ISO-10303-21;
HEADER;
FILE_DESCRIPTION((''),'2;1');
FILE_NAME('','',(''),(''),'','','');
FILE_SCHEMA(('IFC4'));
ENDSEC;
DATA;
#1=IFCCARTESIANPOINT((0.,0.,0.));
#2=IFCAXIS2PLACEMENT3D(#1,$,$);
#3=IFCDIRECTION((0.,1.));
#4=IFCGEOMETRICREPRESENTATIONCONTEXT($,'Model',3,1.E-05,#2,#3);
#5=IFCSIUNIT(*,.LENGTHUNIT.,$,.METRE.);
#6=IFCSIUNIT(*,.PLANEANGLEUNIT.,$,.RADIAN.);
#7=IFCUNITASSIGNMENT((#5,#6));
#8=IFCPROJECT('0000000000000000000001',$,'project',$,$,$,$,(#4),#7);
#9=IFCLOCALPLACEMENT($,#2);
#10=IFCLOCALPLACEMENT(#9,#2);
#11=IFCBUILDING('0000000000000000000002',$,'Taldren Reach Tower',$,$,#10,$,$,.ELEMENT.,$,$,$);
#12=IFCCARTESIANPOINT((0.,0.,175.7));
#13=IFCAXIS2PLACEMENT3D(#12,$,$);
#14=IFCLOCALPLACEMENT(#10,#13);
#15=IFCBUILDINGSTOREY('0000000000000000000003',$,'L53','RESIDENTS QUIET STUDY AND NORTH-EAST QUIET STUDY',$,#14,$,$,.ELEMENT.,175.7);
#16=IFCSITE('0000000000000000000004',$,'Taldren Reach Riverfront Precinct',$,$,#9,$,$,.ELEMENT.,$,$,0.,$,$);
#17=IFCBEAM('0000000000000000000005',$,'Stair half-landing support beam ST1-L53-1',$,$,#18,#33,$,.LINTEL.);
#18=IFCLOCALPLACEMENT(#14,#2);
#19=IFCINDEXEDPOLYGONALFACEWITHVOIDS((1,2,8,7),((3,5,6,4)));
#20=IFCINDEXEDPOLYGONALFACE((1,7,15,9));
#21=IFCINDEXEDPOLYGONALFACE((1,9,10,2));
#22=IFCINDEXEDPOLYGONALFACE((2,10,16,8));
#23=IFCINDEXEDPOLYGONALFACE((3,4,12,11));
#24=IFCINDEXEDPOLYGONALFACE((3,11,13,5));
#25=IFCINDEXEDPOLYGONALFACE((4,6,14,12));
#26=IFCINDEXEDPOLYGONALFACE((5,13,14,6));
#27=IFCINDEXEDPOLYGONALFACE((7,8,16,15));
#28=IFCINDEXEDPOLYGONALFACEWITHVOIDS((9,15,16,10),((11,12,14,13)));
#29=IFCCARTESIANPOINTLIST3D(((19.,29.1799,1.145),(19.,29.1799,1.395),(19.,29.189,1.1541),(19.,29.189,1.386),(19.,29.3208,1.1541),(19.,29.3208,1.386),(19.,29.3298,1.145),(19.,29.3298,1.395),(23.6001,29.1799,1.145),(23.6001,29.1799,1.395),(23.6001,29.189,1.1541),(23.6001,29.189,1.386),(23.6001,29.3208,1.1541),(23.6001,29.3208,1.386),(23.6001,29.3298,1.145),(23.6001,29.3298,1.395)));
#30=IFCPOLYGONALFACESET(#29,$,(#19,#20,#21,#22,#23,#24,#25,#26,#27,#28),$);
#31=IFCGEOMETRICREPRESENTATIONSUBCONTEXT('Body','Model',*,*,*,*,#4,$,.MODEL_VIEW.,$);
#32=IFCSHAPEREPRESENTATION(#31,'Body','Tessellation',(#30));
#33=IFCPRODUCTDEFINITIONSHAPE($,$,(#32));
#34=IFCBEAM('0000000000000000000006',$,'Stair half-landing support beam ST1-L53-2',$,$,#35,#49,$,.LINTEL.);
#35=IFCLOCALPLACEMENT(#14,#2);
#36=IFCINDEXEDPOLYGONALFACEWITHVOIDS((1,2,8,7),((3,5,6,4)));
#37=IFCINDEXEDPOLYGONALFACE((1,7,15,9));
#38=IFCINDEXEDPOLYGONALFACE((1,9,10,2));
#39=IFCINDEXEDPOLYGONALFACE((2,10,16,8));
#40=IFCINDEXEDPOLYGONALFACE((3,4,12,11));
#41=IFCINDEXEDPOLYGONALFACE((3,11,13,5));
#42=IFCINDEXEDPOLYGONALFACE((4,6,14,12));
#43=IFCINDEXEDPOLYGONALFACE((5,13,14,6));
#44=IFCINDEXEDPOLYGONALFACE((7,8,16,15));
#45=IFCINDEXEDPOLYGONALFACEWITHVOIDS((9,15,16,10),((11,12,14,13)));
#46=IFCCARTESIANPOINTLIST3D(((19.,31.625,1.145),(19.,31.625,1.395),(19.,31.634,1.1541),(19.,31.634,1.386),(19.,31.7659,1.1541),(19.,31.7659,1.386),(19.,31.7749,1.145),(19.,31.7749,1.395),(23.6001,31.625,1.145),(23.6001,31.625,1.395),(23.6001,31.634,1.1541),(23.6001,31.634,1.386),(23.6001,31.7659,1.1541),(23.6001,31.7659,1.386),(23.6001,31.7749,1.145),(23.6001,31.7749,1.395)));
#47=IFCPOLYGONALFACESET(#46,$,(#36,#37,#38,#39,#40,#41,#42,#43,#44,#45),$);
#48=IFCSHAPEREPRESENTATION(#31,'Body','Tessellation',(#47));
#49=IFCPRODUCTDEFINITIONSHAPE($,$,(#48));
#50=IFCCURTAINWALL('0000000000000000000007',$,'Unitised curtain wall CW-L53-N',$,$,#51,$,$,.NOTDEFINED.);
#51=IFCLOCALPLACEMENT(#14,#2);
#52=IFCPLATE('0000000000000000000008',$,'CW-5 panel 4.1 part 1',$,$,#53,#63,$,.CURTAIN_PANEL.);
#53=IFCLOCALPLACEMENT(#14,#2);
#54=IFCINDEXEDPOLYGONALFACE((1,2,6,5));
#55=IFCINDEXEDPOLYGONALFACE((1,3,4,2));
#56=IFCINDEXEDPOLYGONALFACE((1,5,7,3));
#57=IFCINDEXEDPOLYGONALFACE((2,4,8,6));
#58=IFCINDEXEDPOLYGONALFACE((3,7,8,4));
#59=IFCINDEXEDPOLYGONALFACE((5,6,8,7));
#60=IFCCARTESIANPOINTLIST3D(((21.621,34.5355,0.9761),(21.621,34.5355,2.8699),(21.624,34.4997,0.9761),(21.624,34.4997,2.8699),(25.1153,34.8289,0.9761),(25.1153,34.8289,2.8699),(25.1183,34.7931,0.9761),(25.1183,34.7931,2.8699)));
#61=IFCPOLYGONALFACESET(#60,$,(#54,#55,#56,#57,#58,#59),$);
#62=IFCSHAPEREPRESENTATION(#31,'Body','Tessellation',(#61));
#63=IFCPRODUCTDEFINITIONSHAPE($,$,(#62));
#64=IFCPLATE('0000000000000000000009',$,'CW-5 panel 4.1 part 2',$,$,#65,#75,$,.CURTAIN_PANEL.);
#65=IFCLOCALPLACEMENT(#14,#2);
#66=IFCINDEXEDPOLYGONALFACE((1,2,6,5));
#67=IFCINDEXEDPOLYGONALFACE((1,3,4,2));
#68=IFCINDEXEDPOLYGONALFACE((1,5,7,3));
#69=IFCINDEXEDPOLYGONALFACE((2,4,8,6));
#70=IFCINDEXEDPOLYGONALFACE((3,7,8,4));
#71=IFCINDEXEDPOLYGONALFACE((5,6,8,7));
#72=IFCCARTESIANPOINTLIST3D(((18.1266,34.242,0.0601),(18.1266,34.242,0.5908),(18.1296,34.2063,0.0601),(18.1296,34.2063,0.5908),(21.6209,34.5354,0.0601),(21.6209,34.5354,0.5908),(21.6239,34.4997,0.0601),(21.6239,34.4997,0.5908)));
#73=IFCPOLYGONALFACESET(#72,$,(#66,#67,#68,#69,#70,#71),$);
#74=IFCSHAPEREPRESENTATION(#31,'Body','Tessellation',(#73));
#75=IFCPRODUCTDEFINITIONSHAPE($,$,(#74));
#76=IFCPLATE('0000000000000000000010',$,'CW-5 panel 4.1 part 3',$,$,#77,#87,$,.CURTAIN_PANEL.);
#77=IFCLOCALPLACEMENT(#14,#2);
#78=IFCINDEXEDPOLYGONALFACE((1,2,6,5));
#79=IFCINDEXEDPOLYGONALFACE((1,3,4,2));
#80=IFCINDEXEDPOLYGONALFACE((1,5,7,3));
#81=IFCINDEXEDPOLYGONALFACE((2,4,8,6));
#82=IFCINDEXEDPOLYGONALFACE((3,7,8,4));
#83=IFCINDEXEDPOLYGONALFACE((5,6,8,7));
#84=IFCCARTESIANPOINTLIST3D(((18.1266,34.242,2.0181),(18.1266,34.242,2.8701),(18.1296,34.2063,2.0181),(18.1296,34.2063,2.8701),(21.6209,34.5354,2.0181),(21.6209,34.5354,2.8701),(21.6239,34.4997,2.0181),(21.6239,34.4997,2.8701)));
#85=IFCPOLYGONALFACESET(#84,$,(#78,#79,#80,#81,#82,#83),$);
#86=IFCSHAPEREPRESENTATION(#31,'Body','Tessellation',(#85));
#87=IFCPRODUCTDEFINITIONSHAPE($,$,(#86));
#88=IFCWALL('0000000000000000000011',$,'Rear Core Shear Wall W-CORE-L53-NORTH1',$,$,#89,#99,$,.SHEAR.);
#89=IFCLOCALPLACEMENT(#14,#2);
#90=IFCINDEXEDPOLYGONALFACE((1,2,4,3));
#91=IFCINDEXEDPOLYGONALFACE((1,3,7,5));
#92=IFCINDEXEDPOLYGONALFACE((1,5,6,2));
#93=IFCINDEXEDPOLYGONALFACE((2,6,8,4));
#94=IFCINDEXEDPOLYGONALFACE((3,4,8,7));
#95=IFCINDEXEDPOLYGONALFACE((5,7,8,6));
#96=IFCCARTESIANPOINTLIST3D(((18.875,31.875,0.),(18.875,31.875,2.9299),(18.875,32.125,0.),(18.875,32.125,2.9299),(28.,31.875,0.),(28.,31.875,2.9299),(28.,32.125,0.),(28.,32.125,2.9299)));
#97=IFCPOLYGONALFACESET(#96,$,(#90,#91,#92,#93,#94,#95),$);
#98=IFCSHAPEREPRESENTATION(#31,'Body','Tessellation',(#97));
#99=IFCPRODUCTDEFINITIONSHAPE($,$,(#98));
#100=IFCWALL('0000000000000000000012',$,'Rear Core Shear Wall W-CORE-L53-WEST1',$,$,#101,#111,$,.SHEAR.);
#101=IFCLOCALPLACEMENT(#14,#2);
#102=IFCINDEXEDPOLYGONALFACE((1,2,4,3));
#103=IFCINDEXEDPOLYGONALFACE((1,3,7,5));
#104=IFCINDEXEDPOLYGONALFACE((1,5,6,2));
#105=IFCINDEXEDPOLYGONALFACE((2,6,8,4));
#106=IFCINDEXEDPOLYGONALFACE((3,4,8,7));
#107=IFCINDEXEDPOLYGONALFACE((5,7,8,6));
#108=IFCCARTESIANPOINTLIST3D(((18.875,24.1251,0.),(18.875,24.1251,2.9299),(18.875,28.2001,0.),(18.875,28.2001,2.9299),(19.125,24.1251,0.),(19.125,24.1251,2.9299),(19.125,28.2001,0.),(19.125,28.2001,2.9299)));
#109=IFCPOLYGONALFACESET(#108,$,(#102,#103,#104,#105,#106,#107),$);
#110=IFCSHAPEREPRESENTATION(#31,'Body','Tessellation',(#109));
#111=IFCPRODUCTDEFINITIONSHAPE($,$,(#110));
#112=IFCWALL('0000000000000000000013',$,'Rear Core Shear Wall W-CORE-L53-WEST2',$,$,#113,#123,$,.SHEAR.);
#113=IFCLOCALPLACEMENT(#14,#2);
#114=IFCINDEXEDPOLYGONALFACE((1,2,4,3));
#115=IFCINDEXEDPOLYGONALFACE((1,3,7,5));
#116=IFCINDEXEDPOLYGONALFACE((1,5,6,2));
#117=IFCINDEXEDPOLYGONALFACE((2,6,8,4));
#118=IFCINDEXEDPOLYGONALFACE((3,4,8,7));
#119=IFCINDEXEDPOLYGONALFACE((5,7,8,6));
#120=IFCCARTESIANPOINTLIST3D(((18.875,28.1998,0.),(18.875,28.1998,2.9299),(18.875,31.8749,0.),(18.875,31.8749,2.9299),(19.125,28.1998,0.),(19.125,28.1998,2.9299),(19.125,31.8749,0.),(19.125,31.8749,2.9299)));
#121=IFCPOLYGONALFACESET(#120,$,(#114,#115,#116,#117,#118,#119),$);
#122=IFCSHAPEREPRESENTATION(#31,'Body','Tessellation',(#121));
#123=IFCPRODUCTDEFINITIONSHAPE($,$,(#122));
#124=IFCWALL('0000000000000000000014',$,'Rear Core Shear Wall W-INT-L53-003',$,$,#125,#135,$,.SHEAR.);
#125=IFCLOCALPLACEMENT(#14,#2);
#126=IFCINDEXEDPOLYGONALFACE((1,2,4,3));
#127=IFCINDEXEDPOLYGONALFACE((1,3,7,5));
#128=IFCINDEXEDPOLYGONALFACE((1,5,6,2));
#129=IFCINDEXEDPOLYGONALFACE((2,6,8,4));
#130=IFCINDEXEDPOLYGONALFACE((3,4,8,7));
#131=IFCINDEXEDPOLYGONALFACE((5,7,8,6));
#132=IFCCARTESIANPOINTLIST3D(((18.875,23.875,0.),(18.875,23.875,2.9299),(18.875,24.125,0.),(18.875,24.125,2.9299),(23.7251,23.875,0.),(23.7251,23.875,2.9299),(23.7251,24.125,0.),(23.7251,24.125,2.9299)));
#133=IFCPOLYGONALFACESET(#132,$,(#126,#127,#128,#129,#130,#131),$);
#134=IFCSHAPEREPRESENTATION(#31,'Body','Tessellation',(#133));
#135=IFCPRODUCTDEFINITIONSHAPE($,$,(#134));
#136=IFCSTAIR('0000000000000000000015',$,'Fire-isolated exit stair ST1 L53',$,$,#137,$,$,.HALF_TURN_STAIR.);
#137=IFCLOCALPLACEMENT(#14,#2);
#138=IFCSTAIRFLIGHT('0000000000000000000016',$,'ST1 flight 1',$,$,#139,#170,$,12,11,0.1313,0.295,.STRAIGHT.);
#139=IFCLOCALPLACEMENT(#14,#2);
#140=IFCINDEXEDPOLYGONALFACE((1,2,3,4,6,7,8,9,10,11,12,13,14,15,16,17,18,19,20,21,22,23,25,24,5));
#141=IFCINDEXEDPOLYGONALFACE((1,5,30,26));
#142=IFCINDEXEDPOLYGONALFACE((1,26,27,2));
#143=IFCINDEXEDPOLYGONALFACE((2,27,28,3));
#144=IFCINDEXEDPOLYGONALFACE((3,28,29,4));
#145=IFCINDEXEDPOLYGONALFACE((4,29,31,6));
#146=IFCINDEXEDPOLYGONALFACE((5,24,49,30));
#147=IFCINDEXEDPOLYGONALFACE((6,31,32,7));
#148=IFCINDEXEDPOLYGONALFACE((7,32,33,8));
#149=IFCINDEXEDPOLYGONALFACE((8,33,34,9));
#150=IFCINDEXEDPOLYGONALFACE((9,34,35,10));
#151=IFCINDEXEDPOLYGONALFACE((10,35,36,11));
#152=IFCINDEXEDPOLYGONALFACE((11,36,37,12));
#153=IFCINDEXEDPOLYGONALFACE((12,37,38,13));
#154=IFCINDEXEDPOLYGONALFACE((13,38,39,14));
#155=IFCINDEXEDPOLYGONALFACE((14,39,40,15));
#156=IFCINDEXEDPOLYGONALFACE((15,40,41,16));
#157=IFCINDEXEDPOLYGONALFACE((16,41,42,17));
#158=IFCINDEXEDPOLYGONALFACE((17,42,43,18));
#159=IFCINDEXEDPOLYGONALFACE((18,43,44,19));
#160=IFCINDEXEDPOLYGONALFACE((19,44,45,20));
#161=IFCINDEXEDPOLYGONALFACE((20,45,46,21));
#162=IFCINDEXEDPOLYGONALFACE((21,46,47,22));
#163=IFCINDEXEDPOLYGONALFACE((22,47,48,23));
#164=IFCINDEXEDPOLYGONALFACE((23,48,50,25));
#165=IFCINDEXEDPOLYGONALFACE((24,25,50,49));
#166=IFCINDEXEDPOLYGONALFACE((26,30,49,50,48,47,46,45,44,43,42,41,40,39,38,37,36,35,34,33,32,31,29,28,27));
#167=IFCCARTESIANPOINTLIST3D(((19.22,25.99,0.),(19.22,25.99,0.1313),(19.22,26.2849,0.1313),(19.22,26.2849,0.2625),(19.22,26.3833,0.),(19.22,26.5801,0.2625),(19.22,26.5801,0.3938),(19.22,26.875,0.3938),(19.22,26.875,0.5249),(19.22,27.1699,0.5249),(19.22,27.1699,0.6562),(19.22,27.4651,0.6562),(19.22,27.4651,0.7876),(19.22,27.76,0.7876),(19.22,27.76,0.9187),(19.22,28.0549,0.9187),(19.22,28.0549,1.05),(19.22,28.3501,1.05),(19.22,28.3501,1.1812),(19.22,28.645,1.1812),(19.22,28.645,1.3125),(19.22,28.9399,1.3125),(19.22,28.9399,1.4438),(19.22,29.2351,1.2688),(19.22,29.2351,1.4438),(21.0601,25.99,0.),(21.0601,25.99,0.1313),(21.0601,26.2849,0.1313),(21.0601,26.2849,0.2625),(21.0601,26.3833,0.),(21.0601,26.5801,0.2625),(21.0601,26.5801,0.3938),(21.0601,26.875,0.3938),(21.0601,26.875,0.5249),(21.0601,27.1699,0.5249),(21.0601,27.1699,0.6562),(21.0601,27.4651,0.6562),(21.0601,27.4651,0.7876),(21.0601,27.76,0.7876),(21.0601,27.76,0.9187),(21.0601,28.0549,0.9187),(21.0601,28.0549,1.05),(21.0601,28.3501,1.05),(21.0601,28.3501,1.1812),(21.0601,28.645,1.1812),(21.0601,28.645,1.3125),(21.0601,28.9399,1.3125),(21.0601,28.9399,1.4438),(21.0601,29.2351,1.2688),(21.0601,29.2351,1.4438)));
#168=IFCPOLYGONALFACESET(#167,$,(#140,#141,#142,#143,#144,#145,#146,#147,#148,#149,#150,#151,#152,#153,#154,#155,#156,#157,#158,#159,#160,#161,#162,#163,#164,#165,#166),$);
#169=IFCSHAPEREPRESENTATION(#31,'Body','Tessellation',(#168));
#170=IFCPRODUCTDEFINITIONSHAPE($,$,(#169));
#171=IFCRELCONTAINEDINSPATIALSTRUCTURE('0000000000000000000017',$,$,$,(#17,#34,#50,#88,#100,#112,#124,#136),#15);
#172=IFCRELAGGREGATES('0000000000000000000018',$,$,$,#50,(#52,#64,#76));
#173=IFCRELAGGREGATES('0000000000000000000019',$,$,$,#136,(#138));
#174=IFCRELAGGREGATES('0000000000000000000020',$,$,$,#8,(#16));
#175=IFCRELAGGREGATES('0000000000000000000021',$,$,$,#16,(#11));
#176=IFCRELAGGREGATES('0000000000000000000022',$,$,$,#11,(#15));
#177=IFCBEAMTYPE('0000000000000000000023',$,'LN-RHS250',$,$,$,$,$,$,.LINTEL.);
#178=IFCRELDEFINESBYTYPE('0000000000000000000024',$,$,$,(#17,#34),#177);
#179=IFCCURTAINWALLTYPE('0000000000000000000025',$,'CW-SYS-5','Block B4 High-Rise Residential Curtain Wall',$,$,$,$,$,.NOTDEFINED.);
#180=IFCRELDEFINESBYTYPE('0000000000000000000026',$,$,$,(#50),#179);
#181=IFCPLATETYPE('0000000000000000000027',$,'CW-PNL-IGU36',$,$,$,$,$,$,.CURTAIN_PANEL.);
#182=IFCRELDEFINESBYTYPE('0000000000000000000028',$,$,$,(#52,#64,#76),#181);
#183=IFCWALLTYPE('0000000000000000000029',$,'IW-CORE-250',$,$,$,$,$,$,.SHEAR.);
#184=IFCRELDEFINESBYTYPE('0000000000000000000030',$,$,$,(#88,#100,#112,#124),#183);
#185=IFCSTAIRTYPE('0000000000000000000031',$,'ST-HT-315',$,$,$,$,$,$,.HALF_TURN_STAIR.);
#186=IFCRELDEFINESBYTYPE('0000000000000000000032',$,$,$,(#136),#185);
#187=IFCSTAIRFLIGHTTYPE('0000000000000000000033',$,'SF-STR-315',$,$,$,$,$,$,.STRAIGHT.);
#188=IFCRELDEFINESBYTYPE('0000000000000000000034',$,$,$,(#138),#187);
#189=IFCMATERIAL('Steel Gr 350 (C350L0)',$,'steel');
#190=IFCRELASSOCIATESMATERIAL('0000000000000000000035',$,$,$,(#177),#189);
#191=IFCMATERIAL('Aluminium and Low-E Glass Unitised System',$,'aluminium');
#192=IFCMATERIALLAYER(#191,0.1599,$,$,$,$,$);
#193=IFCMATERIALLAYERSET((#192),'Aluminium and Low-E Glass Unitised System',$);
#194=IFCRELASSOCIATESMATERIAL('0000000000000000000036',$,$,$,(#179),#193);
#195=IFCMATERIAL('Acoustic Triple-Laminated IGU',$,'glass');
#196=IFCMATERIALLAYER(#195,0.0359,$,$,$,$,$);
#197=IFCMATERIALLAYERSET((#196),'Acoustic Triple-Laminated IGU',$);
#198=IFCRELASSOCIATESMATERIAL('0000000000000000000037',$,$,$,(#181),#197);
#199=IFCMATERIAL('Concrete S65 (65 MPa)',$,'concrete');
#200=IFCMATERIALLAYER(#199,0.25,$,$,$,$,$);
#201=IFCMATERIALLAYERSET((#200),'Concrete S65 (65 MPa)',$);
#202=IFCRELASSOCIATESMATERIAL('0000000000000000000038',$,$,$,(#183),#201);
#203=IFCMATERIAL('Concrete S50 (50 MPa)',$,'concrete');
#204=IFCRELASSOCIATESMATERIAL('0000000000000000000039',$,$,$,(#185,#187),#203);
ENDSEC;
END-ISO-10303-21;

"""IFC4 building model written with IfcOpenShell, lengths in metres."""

from ifc_helpers import new_model, si_unit, direction, frame, frame_2d, origin, origin_2d, place, context, subcontext, project, spatial, polyline, rectangle, hollow_rectangle, outline, extrude, source, transform, mapped, material, layer, layer_set, material_profile, profile_set, type_object, element, aggregate, save


model = new_model("IFC4")

# Units and contexts
model_context = context("Model", 3, precision=1e-05, world=origin(), true_north=direction((0.0, 1.0)))
body_context = subcontext(model_context, "Body", "Model", "MODEL_VIEW")
ifc_project = project(units=[si_unit("LENGTHUNIT", "METRE"), si_unit("PLANEANGLEUNIT", "RADIAN")], contexts=[model_context])

# Site, building, storey
site_placement = place(None, origin())
site = spatial("IfcSite", under=ifc_project, at=site_placement, Name="Taldren Reach Riverfront Precinct", CompositionType="ELEMENT", RefElevation=0.0)
building_placement = place(site_placement, origin())
building = spatial("IfcBuilding", under=site, at=building_placement, Name="Taldren Reach Tower", CompositionType="ELEMENT")
storey_placement = place(building_placement, frame((0.0, 0.0, 175.7)))
storey = spatial("IfcBuildingStorey", under=building, at=storey_placement, Name="L53", Description="RESIDENTS QUIET STUDY AND NORTH-EAST QUIET STUDY", CompositionType="ELEMENT", Elevation=175.7)

# Beams
ifc_material_1 = material(Name="Steel Gr 350 (C350L0)", Category="steel")
ifc_material_profile_1 = material_profile(ifc_material_1, hollow_rectangle(XDim=0.1499, YDim=0.25, WallThickness=0.009, at=origin_2d()), Name="250x150x9.0RHS")
ifc_profile_set_1 = profile_set([ifc_material_profile_1], Name="Steel Gr 350 (C350L0)")
beam_type_1 = type_object("IfcBeamType", Name="LN-RHS250", PredefinedType="LINTEL", material=ifc_profile_set_1)
shared_shape_1 = source(origin(), body_context, "Body", "SweptSolid", [
    extrude(hollow_rectangle(XDim=0.1499, YDim=0.25, WallThickness=0.009, at=origin_2d()), origin(), (0.0, 0.0, 1.0), 4.6001),
])
for number, where, z_axis, x_axis, name in (
    (1, (19.0, 29.2549, 1.27), (1.0, 0.0, 0.0), (0.0, 1.0, 0.0), "Stair half-landing support beam ST1-L53-1"),
    (2, (19.0, 31.7, 1.27), (1.0, 0.0, 0.0), (0.0, 1.0, 0.0), "Stair half-landing support beam ST1-L53-2"),
):
    element("IfcBeam", number, at=place(storey_placement, frame(where, z_axis=z_axis, x_axis=x_axis)), inside=storey, type_object=beam_type_1, Name=name, PredefinedType="LINTEL", context=body_context, shape_type="MappedRepresentation", body=[
        mapped(shared_shape_1, transform((0.0, 0.0, 0.0), scale=1.0)),
    ])

# Curtain wall, plates
ifc_material_2 = material(Name="Aluminium and Low-E Glass Unitised System", Category="aluminium")
ifc_layer_1 = layer(ifc_material_2, 0.1599)
ifc_layer_set_1 = layer_set([ifc_layer_1], Name="Aluminium and Low-E Glass Unitised System")
curtain_wall_type = type_object("IfcCurtainWallType", Name="CW-SYS-5", Description="Block B4 High-Rise Residential Curtain Wall", PredefinedType="NOTDEFINED", material=ifc_layer_set_1)
curtain_wall_placement = place(storey_placement, origin())
curtain_wall = element("IfcCurtainWall", 3, at=curtain_wall_placement, inside=storey, type_object=curtain_wall_type, Name="Unitised curtain wall CW-L53-N", PredefinedType="NOTDEFINED")
ifc_material_3 = material(Name="Acoustic Triple-Laminated IGU", Category="glass")
ifc_layer_2 = layer(ifc_material_3, 0.0359)
ifc_layer_set_2 = layer_set([ifc_layer_2], Name="Acoustic Triple-Laminated IGU")
plate_type = type_object("IfcPlateType", Name="CW-PNL-IGU36", PredefinedType="CURTAIN_PANEL", material=ifc_layer_set_2)
shared_shape_2 = source(origin(), body_context, "Body", "SweptSolid", [
    extrude(rectangle(XDim=3.5066, YDim=0.0359, at=origin_2d()), origin(), (0.0, 0.0, 1.0), 1.8938),
])
plate_1_placement = place(storey_placement, frame((23.3696, 34.6643, 0.9761), z_axis=(0.0, 0.0, 1.0), x_axis=(-0.996493, -0.083678, 0.0)))
plate_1 = element("IfcPlate", 4, at=plate_1_placement, type_object=plate_type, Name="CW-5 panel 4.1 part 1", PredefinedType="CURTAIN_PANEL", context=body_context, shape_type="MappedRepresentation", body=[
    mapped(shared_shape_2, transform((0.0, 0.0, 0.0), scale=1.0)),
])
shared_shape_3 = source(origin(), body_context, "Body", "SweptSolid", [
    extrude(rectangle(XDim=3.5066, YDim=0.0359, at=origin_2d()), origin(), (0.0, 0.0, 1.0), 0.5308),
])
plate_2_placement = place(storey_placement, frame((19.8752, 34.3708, 0.0601), z_axis=(0.0, 0.0, 1.0), x_axis=(-0.996493, -0.083678, 0.0)))
plate_2 = element("IfcPlate", 5, at=plate_2_placement, type_object=plate_type, Name="CW-5 panel 4.1 part 2", PredefinedType="CURTAIN_PANEL", context=body_context, shape_type="MappedRepresentation", body=[
    mapped(shared_shape_3, transform((0.0, 0.0, 0.0), scale=1.0)),
])
shared_shape_4 = source(origin(), body_context, "Body", "SweptSolid", [
    extrude(rectangle(XDim=3.5066, YDim=0.0359, at=origin_2d()), origin(), (0.0, 0.0, 1.0), 0.8521),
])
plate_3_placement = place(storey_placement, frame((19.8752, 34.3708, 2.0181), z_axis=(0.0, 0.0, 1.0), x_axis=(-0.996493, -0.083678, 0.0)))
plate_3 = element("IfcPlate", 6, at=plate_3_placement, type_object=plate_type, Name="CW-5 panel 4.1 part 3", PredefinedType="CURTAIN_PANEL", context=body_context, shape_type="MappedRepresentation", body=[
    mapped(shared_shape_4, transform((0.0, 0.0, 0.0), scale=1.0)),
])
aggregate(curtain_wall, [plate_1, plate_2, plate_3])

# Walls
ifc_material_4 = material(Name="Concrete S65 (65 MPa)", Category="concrete")
ifc_layer_3 = layer(ifc_material_4, 0.25)
ifc_layer_set_3 = layer_set([ifc_layer_3], Name="Concrete S65 (65 MPa)")
wall_type = type_object("IfcWallType", Name="IW-CORE-250", PredefinedType="SHEAR", material=ifc_layer_set_3)
shared_shape_5 = source(origin(), body_context, "Body", "SweptSolid", [
    extrude(rectangle(XDim=9.125, YDim=0.25, at=frame_2d((4.5625, 0.0))), origin(), (0.0, 0.0, 1.0), 2.9299),
])
wall_1_placement = place(storey_placement, frame((18.875, 32.0, 0.0), z_axis=(0.0, 0.0, 1.0), x_axis=(1.0, 0.0, 0.0)))
element("IfcWall", 7, at=wall_1_placement, inside=storey, type_object=wall_type, Name="Rear Core Shear Wall W-CORE-L53-NORTH1", PredefinedType="SHEAR", context=body_context, shape_type="MappedRepresentation", body=[
    mapped(shared_shape_5, transform((0.0, 0.0, 0.0), scale=1.0)),
])
shared_shape_6 = source(origin(), body_context, "Body", "SweptSolid", [
    extrude(rectangle(XDim=4.075, YDim=0.25, at=frame_2d((2.0376, 0.0))), origin(), (0.0, 0.0, 1.0), 2.9299),
])
wall_2_placement = place(storey_placement, frame((19.0, 24.125, 0.0), z_axis=(0.0, 0.0, 1.0), x_axis=(0.0, 1.0, 0.0)))
element("IfcWall", 8, at=wall_2_placement, inside=storey, type_object=wall_type, Name="Rear Core Shear Wall W-CORE-L53-WEST1", PredefinedType="SHEAR", context=body_context, shape_type="MappedRepresentation", body=[
    mapped(shared_shape_6, transform((0.0, 0.0, 0.0), scale=1.0)),
])
shared_shape_7 = source(origin(), body_context, "Body", "SweptSolid", [
    extrude(rectangle(XDim=3.675, YDim=0.25, at=frame_2d((1.8374, 0.0))), origin(), (0.0, 0.0, 1.0), 2.9299),
])
wall_3_placement = place(storey_placement, frame((19.0, 28.2, 0.0), z_axis=(0.0, 0.0, 1.0), x_axis=(0.0, 1.0, 0.0)))
element("IfcWall", 9, at=wall_3_placement, inside=storey, type_object=wall_type, Name="Rear Core Shear Wall W-CORE-L53-WEST2", PredefinedType="SHEAR", context=body_context, shape_type="MappedRepresentation", body=[
    mapped(shared_shape_7, transform((0.0, 0.0, 0.0), scale=1.0)),
])
shared_shape_8 = source(origin(), body_context, "Body", "SweptSolid", [
    extrude(rectangle(XDim=4.8501, YDim=0.25, at=frame_2d((2.425, 0.0))), origin(), (0.0, 0.0, 1.0), 2.9299),
])
wall_4_placement = place(storey_placement, frame((18.875, 24.0, 0.0), z_axis=(0.0, 0.0, 1.0), x_axis=(1.0, 0.0, 0.0)))
element("IfcWall", 10, at=wall_4_placement, inside=storey, type_object=wall_type, Name="Rear Core Shear Wall W-INT-L53-003", PredefinedType="SHEAR", context=body_context, shape_type="MappedRepresentation", body=[
    mapped(shared_shape_8, transform((0.0, 0.0, 0.0), scale=1.0)),
])

# Stair, stair flight
ifc_material_5 = material(Name="Concrete S50 (50 MPa)", Category="concrete")
stair_type = type_object("IfcStairType", Name="ST-HT-315", PredefinedType="HALF_TURN_STAIR", material=ifc_material_5)
stair_placement = place(storey_placement, origin())
stair = element("IfcStair", 11, at=stair_placement, inside=storey, type_object=stair_type, Name="Fire-isolated exit stair ST1 L53", PredefinedType="HALF_TURN_STAIR")
stair_flight_type = type_object("IfcStairFlightType", Name="SF-STR-315", PredefinedType="STRAIGHT", material=ifc_material_5)
stair_flight_1_placement = place(storey_placement, frame((20.1399, 25.99, 0.0), z_axis=(0.0, 0.0, 1.0), x_axis=(0.0, 1.0, 0.0)))
stair_flight_1 = element("IfcStairFlight", 12, at=stair_flight_1_placement, type_object=stair_flight_type, Name="ST1 flight 1", NumberOfRisers=12, NumberOfTreads=11, PredefinedType="STRAIGHT", RiserHeight=0.1313, TreadLength=0.295, context=body_context, shape_type="SweptSolid", body=[
    extrude(outline(polyline([(0.0, 0.0), (0.0, 0.1313), (0.2949, 0.1313), (0.2949, 0.2625), (0.5901, 0.2625), (0.5901, 0.3938), (0.885, 0.3938), (0.885, 0.5249), (1.1799, 0.5249), (1.1799, 0.6562), (1.4751, 0.6562), (1.4751, 0.7876), (1.77, 0.7876), (1.77, 0.9187), (2.0649, 0.9187), (2.0649, 1.05), (2.3601, 1.05), (2.3601, 1.1812), (2.655, 1.1812), (2.655, 1.3125), (2.95, 1.3125), (2.95, 1.4438), (3.2451, 1.4438), (3.2451, 1.575), (3.2451, 1.2688), (0.3933, 0.0), (0.0, 0.0)])), frame((0.0, 0.9199, 0.0), z_axis=(0.0, -1.0, 0.0), x_axis=(1.0, 0.0, 0.0)), (0.0, 0.0, 1.0), 1.8401),
])
aggregate(stair, [stair_flight_1])

save(model, "model.ifc")
